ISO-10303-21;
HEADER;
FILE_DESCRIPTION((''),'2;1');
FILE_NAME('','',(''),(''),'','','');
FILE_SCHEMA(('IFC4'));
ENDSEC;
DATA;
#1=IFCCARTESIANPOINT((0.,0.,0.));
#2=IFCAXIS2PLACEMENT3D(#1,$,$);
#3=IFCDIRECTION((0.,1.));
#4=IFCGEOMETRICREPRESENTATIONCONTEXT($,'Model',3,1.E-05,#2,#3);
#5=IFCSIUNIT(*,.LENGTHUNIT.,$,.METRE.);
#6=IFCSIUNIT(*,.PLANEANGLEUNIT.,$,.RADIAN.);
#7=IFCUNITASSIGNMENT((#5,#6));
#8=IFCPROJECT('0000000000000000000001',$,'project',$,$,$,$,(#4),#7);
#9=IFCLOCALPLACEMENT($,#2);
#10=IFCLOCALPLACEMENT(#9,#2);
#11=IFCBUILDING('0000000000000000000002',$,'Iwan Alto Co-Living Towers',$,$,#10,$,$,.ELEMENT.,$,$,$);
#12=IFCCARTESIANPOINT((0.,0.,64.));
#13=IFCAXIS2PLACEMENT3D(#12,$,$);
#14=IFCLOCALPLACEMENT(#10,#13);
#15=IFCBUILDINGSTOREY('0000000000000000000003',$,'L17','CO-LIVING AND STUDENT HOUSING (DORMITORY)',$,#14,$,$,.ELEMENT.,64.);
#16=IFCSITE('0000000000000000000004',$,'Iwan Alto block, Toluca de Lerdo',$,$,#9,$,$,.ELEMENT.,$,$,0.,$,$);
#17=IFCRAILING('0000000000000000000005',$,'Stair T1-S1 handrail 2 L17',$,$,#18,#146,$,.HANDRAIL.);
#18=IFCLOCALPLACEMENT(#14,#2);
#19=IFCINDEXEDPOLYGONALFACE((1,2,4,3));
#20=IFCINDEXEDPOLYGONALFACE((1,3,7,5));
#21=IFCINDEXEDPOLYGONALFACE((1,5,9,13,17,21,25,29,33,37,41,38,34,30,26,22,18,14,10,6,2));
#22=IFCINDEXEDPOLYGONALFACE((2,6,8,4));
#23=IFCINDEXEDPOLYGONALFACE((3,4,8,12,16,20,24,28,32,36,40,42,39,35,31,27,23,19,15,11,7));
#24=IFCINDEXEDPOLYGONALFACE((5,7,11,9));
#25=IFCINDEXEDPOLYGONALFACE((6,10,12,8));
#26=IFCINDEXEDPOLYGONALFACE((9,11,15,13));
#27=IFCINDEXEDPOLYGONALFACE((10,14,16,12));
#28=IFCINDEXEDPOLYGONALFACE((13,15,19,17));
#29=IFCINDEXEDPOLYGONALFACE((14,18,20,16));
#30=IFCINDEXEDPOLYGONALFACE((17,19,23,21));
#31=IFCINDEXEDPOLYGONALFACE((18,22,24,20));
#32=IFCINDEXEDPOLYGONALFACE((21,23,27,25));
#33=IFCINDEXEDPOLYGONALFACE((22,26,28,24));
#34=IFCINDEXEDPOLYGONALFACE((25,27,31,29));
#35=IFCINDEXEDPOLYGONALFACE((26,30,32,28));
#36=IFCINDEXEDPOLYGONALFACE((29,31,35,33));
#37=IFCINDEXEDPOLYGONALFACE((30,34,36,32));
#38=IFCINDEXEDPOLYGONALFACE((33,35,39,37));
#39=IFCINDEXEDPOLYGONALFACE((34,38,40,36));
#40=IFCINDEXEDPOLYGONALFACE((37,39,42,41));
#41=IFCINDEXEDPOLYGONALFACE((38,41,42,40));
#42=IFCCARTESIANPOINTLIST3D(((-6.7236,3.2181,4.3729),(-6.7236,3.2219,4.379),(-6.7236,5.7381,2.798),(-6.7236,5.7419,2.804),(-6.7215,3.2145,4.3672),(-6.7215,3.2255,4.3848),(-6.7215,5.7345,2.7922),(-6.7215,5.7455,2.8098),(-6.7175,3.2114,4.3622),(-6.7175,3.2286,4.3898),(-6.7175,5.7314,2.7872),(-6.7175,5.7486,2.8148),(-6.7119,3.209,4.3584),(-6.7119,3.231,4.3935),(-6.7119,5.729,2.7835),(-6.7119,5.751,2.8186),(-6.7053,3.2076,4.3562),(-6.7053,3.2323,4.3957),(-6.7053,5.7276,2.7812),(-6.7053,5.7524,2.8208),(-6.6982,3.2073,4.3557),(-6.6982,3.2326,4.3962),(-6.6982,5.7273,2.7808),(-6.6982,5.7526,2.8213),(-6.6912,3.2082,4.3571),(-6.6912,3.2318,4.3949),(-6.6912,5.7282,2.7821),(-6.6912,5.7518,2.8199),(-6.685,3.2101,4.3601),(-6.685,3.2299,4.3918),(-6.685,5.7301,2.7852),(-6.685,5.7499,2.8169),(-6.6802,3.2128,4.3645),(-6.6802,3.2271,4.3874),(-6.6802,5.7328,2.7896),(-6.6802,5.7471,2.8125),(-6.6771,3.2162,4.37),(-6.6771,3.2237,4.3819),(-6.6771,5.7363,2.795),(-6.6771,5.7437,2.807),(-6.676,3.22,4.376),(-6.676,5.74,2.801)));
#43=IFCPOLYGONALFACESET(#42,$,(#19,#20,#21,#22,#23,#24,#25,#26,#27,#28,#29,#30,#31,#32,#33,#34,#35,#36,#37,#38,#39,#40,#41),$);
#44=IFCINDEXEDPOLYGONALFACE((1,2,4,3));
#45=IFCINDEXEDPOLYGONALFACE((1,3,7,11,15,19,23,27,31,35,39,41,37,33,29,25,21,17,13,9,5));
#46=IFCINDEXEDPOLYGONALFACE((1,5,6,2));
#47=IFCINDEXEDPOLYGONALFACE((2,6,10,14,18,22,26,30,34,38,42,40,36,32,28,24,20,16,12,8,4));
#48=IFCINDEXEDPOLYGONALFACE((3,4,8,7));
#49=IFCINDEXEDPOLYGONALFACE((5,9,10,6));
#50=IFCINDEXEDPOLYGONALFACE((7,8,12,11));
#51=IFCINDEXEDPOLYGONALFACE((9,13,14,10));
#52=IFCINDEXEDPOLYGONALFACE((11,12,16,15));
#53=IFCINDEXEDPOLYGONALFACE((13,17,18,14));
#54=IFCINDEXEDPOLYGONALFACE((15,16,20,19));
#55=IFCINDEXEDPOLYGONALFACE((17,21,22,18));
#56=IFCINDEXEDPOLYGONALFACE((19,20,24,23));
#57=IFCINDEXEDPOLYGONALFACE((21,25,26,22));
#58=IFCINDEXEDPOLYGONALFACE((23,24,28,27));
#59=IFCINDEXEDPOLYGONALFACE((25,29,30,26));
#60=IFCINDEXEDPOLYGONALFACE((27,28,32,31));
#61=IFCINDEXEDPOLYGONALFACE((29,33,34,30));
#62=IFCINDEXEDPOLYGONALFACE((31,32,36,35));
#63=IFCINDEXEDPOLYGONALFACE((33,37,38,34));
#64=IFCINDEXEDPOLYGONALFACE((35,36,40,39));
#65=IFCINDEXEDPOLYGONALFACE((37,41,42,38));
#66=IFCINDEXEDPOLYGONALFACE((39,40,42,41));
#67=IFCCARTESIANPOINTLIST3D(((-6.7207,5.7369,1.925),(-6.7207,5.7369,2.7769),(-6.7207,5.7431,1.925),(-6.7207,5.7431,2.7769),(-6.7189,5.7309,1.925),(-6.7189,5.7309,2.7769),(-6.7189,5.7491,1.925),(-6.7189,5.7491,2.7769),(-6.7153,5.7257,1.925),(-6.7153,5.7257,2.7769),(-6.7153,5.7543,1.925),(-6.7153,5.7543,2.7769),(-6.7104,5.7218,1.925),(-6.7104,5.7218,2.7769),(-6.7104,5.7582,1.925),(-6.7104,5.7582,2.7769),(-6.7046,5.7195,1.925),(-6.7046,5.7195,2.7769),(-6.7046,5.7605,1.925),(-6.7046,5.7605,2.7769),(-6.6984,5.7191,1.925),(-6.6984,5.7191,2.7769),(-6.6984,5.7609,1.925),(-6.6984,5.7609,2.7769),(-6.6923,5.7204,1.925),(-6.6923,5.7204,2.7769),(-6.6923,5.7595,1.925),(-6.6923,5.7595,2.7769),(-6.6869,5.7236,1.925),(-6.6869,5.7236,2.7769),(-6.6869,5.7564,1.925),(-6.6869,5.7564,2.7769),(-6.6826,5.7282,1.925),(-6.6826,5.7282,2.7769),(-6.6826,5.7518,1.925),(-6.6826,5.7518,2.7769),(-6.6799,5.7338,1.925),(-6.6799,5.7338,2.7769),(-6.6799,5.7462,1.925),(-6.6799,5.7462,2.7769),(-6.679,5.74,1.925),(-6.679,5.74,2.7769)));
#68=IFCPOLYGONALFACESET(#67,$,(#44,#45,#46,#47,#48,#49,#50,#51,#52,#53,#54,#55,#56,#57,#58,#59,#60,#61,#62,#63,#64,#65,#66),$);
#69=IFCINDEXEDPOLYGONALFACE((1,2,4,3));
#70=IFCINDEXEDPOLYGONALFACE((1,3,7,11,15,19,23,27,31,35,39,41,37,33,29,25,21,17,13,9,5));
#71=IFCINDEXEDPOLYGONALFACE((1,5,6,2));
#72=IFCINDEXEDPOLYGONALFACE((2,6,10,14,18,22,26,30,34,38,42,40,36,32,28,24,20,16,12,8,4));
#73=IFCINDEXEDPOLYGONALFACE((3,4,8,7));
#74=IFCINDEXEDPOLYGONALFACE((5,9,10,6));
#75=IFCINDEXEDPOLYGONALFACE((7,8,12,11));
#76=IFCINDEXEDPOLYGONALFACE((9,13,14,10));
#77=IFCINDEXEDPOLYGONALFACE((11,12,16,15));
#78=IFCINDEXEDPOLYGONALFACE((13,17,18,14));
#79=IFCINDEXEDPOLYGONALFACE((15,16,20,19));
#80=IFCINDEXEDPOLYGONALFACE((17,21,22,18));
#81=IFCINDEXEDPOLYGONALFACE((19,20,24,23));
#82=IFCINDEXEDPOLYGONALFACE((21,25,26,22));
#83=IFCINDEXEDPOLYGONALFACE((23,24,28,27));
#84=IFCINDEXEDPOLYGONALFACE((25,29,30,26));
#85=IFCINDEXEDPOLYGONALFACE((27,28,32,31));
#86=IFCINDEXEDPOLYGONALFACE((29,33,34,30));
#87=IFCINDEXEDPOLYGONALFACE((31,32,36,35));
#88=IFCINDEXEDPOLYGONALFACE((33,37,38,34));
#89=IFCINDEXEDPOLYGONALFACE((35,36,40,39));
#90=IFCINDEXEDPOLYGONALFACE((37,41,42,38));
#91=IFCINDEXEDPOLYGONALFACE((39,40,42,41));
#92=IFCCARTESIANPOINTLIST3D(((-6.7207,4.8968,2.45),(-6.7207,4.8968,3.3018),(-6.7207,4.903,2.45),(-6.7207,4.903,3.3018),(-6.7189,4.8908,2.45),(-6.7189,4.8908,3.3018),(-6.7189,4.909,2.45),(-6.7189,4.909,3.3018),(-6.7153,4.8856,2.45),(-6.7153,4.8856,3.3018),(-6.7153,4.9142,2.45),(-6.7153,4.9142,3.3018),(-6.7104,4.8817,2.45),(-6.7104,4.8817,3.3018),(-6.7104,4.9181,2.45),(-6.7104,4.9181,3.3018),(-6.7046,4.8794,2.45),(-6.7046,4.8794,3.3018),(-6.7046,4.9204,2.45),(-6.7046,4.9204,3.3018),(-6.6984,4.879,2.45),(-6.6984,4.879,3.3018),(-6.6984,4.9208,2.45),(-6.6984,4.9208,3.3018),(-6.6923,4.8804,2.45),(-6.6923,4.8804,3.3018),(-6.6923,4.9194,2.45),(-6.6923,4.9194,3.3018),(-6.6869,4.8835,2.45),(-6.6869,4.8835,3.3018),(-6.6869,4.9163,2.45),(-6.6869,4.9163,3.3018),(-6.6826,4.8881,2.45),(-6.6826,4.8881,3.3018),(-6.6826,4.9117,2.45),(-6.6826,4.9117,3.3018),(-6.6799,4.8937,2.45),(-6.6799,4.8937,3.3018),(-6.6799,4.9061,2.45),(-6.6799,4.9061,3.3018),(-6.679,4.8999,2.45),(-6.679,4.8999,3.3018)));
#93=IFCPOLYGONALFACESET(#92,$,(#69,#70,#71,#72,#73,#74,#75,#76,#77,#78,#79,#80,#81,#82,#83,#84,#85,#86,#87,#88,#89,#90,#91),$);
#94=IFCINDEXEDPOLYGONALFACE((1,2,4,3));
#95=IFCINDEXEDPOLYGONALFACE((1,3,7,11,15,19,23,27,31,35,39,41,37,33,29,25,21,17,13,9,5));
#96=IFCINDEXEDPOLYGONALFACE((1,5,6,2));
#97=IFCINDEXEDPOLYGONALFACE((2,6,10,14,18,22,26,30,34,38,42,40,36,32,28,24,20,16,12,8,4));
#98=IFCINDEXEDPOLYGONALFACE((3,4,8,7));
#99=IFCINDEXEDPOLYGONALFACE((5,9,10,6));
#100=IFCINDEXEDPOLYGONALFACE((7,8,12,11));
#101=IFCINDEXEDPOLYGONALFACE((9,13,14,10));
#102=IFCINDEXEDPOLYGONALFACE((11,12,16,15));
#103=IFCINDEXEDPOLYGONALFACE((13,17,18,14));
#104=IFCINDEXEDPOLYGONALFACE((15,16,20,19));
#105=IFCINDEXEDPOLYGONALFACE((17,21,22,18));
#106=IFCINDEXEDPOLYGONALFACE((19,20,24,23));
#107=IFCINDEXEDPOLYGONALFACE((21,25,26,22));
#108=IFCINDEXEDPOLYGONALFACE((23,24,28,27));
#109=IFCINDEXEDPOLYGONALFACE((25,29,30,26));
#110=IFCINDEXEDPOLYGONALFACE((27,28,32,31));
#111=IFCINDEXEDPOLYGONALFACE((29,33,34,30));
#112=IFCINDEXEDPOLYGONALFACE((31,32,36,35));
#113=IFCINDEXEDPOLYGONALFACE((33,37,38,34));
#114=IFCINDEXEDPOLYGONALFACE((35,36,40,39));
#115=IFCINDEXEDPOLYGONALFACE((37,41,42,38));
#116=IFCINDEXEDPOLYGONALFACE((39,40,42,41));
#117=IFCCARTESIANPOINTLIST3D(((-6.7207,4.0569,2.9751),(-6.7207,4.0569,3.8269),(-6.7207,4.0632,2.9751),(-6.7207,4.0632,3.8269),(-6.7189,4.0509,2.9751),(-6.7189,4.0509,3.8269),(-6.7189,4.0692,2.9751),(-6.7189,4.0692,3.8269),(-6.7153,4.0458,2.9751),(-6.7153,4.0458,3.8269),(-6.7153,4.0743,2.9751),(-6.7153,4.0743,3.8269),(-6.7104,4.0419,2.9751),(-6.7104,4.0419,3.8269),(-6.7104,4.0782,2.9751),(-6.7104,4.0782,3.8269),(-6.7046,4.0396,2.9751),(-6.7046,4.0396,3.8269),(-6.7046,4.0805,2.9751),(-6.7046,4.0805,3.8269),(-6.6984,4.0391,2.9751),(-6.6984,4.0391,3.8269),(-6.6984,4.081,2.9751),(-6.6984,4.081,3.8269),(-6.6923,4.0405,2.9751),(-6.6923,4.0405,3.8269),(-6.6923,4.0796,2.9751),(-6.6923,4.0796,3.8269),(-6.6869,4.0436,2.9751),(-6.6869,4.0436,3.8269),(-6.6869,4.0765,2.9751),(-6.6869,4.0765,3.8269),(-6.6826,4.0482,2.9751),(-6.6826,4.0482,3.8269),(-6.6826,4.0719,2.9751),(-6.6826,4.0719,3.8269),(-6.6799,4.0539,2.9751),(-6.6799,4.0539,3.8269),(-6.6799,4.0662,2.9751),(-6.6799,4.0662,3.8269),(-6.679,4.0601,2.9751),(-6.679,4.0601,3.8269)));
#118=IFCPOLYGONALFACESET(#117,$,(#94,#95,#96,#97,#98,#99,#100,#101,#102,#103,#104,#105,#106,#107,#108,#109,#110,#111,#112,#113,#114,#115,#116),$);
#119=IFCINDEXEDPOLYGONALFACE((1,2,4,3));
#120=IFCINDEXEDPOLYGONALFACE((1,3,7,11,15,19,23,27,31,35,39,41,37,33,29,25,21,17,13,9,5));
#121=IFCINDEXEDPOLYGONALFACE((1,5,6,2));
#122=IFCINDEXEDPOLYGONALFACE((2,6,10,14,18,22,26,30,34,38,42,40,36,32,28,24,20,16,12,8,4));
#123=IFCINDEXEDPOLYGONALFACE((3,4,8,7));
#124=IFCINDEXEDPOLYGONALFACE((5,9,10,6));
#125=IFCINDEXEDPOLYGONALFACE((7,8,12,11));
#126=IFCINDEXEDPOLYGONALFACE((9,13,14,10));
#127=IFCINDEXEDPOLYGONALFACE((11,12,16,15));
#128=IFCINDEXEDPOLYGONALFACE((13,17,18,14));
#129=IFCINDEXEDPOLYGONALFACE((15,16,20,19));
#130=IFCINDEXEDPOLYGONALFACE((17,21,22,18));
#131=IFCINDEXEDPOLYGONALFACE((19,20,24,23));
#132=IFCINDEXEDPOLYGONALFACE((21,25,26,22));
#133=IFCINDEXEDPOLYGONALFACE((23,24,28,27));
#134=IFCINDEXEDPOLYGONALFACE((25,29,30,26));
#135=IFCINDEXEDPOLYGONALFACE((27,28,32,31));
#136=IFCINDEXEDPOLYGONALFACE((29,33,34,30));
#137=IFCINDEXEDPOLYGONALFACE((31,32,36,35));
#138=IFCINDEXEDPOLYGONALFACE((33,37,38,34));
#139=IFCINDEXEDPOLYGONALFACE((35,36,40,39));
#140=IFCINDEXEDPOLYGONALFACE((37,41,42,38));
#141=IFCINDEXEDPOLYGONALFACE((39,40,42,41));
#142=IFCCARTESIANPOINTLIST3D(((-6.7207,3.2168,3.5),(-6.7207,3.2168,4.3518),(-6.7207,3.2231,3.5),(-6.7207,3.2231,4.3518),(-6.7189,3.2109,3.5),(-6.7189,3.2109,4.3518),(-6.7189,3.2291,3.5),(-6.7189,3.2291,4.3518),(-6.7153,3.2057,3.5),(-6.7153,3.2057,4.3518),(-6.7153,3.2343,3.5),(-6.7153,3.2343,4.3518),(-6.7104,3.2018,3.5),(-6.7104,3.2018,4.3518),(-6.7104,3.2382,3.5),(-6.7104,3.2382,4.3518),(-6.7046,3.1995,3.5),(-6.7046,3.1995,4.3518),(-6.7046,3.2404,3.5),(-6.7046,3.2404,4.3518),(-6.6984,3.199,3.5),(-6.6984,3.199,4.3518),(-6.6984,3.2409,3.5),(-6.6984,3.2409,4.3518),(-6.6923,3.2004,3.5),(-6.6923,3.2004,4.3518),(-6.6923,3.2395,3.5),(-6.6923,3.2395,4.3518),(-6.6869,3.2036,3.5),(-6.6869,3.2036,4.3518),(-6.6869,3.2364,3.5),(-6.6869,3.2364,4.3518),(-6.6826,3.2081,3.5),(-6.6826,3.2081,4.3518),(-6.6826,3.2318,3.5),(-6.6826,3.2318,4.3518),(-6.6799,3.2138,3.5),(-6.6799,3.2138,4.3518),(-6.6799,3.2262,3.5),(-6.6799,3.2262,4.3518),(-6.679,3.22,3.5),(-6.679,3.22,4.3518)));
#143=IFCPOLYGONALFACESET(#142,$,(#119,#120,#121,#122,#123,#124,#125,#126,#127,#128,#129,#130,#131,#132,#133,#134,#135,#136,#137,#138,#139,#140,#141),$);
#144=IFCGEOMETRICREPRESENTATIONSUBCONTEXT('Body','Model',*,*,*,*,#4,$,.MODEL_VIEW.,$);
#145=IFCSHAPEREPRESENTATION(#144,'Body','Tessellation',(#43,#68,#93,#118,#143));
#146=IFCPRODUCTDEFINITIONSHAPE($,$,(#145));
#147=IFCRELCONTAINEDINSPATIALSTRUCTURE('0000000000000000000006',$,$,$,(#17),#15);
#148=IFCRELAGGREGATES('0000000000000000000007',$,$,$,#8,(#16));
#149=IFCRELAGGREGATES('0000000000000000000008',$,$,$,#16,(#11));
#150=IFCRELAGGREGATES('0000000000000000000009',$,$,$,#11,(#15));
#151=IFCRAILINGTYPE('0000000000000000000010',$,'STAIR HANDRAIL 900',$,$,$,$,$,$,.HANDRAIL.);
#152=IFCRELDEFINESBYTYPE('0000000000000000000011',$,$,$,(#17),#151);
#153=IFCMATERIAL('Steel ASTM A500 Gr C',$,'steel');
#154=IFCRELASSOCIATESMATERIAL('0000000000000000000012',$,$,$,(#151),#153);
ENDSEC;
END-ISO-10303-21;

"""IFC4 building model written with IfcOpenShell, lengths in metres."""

from ifc_helpers import new_model, si_unit, direction, frame, origin, origin_2d, place, context, subcontext, project, spatial, circle, extrude, material, type_object, element, save


model = new_model("IFC4")

# Units and contexts
model_context = context("Model", 3, precision=1e-05, world=origin(), true_north=direction((0.0, 1.0)))
body_context = subcontext(model_context, "Body", "Model", "MODEL_VIEW")
ifc_project = project(units=[si_unit("LENGTHUNIT", "METRE"), si_unit("PLANEANGLEUNIT", "RADIAN")], contexts=[model_context])

# Site, building, storey
site_placement = place(None, origin())
site = spatial("IfcSite", under=ifc_project, at=site_placement, Name="Iwan Alto block, Toluca de Lerdo", CompositionType="ELEMENT", RefElevation=0.0)
building_placement = place(site_placement, origin())
building = spatial("IfcBuilding", under=site, at=building_placement, Name="Iwan Alto Co-Living Towers", CompositionType="ELEMENT")
storey_placement = place(building_placement, frame((0.0, 0.0, 64.0)))
storey = spatial("IfcBuildingStorey", under=building, at=storey_placement, Name="L17", Description="CO-LIVING AND STUDENT HOUSING (DORMITORY)", CompositionType="ELEMENT", Elevation=64.0)

# Railing
ifc_material_1 = material(Name="Steel ASTM A500 Gr C", Category="steel")
railing_type_1 = type_object("IfcRailingType", Name="STAIR HANDRAIL 900", PredefinedType="HANDRAIL", material=ifc_material_1)
railing_1_placement = place(storey_placement, frame((-6.7, 5.74, 1.925)))
element("IfcRailing", 1, at=railing_1_placement, inside=storey, type_object=railing_type_1, Name="Stair T1-S1 handrail 2 L17", PredefinedType="HANDRAIL", context=body_context, shape_type="SweptSolid", body=[
    extrude(circle(Radius=0.0239, at=origin_2d()), frame((0.0, 0.0, 0.876), z_axis=(0.0, -0.848008, 0.529984), x_axis=(1.0, 0.0, 0.0)), (0.0, 0.0, 1.0), 2.9717),
    extrude(circle(Radius=0.021, at=origin_2d()), origin(), (0.0, 0.0, 1.0), 0.8518),
    extrude(circle(Radius=0.021, at=origin_2d()), frame((0.0, -0.8401, 0.5249)), (0.0, 0.0, 1.0), 0.8518),
    extrude(circle(Radius=0.021, at=origin_2d()), frame((0.0, -1.6799, 1.05)), (0.0, 0.0, 1.0), 0.8518),
    extrude(circle(Radius=0.021, at=origin_2d()), frame((0.0, -2.52, 1.575)), (0.0, 0.0, 1.0), 0.8518),
])

save(model, "model.ifc")
